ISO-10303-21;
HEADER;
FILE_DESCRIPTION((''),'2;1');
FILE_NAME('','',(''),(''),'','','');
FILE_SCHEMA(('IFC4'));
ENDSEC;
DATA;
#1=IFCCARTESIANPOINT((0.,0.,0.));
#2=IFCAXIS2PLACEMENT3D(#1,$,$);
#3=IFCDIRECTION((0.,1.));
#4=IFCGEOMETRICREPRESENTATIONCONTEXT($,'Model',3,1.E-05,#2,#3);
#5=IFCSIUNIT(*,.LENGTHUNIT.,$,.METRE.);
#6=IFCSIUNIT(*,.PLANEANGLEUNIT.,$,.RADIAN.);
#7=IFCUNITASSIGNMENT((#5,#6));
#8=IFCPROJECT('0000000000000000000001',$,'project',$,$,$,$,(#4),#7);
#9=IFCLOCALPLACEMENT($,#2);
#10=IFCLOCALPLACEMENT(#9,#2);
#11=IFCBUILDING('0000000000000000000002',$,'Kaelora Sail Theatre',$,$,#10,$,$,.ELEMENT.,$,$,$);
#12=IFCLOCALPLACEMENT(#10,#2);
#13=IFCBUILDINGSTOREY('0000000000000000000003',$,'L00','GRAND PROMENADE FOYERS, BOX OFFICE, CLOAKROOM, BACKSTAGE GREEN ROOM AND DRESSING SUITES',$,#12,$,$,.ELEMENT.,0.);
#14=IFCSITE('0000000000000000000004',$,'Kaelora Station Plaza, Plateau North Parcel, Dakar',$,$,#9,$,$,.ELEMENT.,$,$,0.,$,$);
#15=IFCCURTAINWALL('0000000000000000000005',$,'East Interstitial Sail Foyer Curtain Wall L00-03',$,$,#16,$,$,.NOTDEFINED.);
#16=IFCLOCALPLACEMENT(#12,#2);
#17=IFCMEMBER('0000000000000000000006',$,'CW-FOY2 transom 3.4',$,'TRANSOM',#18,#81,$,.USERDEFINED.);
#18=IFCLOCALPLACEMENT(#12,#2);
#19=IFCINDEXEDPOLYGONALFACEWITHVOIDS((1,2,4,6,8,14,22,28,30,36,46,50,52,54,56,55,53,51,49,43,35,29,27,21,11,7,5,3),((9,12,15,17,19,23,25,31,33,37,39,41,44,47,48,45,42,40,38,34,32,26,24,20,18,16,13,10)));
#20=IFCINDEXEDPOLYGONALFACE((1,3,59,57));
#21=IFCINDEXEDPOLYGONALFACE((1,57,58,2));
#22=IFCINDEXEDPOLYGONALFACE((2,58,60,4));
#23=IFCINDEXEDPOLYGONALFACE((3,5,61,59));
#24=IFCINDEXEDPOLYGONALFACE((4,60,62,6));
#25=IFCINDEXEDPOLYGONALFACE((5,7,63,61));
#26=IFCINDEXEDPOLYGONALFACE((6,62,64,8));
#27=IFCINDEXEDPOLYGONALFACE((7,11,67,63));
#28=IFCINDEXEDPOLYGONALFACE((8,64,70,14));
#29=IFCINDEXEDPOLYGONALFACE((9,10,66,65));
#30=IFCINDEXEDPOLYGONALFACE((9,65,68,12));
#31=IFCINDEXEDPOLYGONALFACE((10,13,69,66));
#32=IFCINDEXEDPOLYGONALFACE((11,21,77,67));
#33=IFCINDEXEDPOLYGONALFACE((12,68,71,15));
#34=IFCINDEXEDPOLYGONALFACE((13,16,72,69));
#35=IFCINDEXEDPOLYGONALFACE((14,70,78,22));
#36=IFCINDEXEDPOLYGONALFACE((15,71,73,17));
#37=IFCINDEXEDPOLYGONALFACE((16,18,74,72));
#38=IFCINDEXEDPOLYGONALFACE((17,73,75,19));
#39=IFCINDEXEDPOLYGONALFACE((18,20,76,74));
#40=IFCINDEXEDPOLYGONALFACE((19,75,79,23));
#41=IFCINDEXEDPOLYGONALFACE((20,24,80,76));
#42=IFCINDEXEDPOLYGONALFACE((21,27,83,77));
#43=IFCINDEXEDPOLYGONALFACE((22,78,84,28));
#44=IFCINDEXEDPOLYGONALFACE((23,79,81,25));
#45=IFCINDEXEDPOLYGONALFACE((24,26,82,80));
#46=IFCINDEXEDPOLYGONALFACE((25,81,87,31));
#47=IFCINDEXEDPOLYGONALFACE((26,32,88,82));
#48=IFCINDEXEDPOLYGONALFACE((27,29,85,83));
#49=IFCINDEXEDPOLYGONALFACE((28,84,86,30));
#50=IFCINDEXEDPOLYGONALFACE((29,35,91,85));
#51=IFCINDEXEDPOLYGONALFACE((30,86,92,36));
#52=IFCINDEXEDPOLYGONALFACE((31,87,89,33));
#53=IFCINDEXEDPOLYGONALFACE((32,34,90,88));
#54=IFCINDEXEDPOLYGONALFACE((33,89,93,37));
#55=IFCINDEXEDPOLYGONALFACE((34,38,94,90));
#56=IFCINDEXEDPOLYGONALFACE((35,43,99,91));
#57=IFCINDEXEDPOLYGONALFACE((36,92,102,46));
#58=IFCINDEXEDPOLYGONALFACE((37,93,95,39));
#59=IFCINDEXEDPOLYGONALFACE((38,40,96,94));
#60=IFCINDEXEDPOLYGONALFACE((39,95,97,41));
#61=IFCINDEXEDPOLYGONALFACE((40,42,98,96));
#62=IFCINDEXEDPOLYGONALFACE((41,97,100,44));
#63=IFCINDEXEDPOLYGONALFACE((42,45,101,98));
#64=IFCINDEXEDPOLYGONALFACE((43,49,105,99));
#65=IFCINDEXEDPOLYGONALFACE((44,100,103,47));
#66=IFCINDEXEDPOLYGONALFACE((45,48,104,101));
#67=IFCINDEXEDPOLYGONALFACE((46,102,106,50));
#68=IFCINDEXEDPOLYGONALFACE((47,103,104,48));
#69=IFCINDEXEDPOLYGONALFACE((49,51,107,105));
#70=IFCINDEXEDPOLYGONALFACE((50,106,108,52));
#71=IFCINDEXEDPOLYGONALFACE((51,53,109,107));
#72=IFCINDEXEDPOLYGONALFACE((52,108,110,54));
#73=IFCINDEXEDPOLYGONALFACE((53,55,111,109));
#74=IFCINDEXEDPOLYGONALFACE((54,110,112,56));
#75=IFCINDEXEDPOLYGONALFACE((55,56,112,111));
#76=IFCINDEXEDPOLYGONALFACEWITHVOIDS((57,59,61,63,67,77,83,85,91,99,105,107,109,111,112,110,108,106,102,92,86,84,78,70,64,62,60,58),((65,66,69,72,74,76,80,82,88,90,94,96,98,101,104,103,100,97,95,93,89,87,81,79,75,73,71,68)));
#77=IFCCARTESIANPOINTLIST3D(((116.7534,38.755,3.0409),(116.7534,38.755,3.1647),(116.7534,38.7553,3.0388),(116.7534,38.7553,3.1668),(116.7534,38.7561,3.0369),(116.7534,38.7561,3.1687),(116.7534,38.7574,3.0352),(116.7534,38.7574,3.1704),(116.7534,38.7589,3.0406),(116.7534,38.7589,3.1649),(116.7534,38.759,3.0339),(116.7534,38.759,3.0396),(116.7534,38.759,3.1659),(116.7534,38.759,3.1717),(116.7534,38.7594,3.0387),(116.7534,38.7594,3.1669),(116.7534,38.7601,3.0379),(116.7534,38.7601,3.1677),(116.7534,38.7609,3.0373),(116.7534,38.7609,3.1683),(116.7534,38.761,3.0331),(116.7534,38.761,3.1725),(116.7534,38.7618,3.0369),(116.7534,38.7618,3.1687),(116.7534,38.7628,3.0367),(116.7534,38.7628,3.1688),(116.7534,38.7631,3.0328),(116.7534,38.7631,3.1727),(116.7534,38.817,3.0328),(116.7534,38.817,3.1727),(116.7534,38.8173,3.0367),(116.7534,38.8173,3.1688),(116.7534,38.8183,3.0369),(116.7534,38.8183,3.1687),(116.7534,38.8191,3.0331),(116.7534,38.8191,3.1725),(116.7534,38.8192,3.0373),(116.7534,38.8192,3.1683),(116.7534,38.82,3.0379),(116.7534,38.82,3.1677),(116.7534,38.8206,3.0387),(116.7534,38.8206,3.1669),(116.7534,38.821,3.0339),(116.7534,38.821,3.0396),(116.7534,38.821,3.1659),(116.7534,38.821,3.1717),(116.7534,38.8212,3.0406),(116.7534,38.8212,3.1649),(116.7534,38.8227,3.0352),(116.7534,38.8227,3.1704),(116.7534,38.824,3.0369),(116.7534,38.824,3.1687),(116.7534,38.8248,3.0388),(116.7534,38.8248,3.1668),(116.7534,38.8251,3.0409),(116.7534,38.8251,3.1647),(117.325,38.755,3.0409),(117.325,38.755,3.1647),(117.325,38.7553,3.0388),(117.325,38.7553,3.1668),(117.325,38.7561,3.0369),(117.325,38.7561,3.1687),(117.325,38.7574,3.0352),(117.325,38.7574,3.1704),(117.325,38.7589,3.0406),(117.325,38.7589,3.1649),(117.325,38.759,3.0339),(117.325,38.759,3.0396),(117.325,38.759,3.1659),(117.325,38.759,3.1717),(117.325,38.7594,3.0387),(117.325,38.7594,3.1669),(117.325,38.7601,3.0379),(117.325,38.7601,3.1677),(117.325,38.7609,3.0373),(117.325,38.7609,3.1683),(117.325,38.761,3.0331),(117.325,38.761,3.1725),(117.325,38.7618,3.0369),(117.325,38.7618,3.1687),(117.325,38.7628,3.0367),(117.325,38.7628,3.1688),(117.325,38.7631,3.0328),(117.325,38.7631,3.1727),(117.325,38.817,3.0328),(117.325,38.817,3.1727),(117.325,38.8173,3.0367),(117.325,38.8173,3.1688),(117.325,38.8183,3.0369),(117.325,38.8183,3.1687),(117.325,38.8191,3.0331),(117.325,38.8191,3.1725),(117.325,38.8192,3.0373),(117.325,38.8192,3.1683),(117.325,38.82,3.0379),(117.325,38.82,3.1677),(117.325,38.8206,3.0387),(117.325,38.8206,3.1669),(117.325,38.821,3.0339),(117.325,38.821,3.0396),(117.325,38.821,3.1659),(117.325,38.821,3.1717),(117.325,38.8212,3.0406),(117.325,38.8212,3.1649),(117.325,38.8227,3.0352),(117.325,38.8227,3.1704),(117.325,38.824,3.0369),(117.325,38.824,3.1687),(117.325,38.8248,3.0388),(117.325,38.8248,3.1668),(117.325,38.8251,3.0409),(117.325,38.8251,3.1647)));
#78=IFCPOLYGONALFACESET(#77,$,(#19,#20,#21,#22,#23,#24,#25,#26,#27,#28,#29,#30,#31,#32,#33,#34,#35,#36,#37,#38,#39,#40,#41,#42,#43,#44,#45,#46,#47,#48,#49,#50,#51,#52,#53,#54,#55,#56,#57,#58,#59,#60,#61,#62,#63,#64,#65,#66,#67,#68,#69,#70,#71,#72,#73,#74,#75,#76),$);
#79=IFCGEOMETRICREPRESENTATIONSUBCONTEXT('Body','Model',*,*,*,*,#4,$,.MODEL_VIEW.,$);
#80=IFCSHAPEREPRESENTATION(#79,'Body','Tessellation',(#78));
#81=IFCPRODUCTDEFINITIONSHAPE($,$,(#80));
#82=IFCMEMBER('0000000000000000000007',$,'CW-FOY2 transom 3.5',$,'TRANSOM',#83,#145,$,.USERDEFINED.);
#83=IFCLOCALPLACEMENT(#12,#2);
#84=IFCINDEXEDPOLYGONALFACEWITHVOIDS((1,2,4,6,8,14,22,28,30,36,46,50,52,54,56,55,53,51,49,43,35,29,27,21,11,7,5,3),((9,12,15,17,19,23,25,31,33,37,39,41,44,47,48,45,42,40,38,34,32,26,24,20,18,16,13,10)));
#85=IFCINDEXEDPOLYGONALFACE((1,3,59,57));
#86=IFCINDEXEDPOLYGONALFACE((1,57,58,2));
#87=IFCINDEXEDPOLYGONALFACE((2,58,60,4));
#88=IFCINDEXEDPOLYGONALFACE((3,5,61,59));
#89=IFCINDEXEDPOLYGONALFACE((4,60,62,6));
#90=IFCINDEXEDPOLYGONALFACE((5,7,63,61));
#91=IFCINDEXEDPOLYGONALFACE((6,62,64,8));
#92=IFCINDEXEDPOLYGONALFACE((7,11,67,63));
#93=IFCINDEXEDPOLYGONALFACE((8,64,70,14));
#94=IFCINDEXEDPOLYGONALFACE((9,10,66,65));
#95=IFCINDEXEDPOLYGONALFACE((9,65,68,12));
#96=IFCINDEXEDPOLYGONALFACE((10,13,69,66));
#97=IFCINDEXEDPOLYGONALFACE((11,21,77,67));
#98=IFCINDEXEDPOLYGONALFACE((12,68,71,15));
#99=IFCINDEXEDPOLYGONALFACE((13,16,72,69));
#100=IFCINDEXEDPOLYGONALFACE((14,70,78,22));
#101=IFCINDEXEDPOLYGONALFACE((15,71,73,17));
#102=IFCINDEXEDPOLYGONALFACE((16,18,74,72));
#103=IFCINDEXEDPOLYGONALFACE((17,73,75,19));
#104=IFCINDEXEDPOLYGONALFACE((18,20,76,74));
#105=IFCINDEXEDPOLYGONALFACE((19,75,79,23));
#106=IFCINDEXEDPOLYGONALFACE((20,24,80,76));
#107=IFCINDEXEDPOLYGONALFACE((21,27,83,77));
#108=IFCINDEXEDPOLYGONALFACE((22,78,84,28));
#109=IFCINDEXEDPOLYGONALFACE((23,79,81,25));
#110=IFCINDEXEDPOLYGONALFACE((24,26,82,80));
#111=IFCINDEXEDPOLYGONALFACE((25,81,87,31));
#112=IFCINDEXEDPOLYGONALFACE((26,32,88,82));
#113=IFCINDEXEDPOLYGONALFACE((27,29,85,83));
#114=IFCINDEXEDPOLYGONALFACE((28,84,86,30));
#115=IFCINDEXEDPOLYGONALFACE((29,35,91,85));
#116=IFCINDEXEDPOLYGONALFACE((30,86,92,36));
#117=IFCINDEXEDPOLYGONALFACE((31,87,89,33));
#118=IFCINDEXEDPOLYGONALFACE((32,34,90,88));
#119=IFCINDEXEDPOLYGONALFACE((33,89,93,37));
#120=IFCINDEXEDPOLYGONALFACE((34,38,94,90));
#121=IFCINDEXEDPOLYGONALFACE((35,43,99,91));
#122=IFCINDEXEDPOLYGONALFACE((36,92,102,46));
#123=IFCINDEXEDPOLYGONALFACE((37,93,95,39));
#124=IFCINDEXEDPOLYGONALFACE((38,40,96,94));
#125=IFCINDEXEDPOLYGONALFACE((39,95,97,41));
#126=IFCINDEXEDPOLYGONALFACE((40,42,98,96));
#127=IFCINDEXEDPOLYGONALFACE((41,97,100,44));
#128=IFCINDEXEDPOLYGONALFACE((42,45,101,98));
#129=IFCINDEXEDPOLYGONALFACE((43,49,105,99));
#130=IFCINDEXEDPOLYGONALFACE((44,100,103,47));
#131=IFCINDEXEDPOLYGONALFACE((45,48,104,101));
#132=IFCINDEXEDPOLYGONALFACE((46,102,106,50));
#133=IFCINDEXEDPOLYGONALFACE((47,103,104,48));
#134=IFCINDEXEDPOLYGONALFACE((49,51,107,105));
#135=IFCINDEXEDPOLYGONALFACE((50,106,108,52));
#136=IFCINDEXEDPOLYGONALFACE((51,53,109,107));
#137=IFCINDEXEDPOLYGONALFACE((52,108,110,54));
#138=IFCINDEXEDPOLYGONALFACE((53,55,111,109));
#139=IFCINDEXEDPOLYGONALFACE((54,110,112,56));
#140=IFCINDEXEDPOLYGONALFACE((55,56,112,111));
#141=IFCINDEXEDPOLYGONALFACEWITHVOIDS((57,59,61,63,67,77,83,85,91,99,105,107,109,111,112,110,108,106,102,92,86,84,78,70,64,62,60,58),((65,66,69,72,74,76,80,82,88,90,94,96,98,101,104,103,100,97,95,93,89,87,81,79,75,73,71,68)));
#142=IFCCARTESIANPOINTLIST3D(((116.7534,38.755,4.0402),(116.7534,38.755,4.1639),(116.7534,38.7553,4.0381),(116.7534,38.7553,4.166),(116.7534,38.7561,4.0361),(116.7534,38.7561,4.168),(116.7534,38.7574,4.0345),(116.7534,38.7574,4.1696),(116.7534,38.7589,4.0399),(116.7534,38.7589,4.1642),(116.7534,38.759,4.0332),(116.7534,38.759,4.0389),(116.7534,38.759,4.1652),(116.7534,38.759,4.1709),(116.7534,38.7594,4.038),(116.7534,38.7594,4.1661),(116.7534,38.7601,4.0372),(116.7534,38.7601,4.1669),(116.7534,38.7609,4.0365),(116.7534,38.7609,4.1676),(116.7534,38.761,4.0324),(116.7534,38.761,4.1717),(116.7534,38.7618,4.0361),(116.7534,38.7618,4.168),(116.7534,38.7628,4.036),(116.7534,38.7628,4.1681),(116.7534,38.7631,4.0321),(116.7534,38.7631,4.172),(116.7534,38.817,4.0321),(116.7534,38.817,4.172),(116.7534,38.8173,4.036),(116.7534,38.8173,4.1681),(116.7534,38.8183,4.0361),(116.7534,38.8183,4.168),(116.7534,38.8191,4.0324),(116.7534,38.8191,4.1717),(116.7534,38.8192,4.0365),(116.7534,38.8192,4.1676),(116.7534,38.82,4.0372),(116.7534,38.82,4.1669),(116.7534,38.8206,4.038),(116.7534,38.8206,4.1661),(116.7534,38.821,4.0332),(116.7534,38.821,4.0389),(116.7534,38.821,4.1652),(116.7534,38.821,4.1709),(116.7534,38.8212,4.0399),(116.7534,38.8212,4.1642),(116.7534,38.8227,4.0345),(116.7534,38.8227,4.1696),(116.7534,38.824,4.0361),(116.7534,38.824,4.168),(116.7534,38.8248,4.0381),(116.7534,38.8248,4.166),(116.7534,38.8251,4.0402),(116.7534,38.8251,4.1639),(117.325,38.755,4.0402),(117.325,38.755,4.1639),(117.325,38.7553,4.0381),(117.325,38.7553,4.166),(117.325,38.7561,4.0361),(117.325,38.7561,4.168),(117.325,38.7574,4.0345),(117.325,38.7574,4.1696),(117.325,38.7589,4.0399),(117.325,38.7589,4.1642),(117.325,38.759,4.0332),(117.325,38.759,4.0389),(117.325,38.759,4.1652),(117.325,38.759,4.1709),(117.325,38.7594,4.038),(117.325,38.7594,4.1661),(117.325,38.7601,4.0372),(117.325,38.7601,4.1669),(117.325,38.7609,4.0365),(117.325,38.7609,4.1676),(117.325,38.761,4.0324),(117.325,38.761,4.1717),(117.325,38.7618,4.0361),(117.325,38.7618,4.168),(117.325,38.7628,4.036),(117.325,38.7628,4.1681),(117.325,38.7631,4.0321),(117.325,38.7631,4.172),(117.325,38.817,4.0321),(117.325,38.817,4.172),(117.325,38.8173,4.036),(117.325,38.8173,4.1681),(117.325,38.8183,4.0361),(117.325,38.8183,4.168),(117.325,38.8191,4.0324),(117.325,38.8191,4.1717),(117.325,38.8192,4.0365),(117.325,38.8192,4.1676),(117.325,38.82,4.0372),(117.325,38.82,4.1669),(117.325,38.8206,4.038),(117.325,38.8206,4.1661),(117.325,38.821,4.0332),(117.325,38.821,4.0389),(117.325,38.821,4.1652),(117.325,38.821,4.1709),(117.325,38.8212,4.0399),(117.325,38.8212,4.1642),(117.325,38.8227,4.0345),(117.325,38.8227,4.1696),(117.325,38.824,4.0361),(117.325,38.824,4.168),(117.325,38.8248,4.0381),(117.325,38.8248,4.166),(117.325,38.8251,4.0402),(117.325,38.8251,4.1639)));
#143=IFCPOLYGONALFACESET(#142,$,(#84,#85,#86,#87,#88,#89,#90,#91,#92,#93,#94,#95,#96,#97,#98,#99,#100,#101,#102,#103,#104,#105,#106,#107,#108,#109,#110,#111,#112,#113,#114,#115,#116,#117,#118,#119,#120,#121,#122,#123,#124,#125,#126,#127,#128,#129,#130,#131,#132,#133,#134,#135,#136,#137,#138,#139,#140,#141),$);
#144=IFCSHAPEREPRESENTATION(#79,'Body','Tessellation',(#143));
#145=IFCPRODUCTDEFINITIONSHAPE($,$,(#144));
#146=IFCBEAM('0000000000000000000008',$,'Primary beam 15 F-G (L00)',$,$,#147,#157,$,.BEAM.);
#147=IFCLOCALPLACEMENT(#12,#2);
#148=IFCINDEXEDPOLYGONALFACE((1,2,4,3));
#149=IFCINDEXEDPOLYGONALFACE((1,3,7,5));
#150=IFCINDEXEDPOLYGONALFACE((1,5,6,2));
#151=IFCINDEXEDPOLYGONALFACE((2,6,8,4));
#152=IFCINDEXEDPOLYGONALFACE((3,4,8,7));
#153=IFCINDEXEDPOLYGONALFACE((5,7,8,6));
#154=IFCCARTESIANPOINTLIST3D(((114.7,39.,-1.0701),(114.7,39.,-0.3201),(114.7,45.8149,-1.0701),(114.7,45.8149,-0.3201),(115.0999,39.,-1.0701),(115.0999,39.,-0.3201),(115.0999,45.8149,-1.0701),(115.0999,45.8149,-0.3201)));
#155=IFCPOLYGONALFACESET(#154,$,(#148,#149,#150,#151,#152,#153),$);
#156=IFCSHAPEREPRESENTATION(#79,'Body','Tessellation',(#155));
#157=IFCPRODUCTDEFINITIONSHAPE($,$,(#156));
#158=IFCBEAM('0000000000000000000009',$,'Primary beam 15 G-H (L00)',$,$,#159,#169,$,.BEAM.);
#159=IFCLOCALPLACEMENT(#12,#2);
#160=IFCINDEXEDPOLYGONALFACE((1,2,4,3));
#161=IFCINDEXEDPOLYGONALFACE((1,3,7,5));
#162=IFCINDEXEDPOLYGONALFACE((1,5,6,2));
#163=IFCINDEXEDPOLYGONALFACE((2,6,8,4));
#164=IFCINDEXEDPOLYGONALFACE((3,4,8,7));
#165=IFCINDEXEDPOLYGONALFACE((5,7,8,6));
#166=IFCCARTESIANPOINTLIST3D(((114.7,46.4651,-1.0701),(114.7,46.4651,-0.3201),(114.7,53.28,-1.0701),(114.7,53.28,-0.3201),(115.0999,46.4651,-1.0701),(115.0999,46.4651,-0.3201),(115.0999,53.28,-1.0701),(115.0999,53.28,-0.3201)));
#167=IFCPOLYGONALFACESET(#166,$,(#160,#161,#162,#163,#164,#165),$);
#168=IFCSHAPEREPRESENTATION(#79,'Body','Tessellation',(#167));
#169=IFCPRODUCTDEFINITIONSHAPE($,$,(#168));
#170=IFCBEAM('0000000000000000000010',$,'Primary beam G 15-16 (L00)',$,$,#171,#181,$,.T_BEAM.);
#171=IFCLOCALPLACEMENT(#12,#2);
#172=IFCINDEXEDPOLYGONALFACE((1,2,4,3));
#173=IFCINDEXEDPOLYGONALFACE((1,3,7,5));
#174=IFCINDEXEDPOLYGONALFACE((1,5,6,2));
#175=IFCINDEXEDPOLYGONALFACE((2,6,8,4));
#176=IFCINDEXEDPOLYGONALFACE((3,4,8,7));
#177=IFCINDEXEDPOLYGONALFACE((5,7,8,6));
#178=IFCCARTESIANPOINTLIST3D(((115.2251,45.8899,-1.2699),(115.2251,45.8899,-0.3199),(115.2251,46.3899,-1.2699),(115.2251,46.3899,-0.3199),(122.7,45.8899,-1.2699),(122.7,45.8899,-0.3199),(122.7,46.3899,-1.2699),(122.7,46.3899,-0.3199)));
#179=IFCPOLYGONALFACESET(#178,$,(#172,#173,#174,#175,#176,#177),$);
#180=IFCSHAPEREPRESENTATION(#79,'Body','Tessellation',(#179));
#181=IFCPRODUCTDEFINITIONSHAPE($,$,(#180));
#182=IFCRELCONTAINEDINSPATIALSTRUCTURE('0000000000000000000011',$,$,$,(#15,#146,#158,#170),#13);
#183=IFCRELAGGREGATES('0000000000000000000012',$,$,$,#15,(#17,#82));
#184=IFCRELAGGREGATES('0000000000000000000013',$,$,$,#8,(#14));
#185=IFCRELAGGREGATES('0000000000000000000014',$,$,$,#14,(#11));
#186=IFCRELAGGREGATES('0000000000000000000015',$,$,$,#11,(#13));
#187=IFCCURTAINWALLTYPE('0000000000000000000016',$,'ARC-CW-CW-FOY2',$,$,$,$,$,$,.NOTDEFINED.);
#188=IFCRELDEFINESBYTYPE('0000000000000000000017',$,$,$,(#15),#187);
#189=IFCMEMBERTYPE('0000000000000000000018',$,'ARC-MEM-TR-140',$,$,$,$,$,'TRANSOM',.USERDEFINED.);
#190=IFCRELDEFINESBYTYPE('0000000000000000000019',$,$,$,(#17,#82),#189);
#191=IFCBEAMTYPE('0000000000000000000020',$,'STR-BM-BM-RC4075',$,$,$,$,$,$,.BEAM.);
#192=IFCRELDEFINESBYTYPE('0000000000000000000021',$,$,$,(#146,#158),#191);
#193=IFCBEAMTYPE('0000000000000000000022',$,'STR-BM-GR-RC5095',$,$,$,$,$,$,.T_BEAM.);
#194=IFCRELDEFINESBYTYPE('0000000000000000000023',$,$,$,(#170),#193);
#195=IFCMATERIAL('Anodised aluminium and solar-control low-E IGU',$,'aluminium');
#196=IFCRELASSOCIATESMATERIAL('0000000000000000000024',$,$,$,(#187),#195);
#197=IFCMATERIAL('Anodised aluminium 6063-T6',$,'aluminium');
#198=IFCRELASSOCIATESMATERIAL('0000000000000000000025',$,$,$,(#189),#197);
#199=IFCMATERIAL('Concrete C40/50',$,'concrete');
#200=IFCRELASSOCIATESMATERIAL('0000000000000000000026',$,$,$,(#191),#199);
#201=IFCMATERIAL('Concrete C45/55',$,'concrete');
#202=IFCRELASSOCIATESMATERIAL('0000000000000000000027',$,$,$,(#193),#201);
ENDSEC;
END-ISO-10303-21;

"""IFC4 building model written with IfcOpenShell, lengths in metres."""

from ifc_helpers import new_model, si_unit, direction, frame, origin, origin_2d, place, context, subcontext, project, spatial, rectangle, hollow_rectangle, extrude, material, material_profile, profile_set, type_object, element, aggregate, save


model = new_model("IFC4")

# Units and contexts
model_context = context("Model", 3, precision=1e-05, world=origin(), true_north=direction((0.0, 1.0)))
body_context = subcontext(model_context, "Body", "Model", "MODEL_VIEW")
ifc_project = project(units=[si_unit("LENGTHUNIT", "METRE"), si_unit("PLANEANGLEUNIT", "RADIAN")], contexts=[model_context])

# Site, building, storey
site_placement = place(None, origin())
site = spatial("IfcSite", under=ifc_project, at=site_placement, Name="Kaelora Station Plaza, Plateau North Parcel, Dakar", CompositionType="ELEMENT", RefElevation=0.0)
building_placement = place(site_placement, origin())
building = spatial("IfcBuilding", under=site, at=building_placement, Name="Kaelora Sail Theatre", CompositionType="ELEMENT")
storey_placement = place(building_placement, origin())
storey = spatial("IfcBuildingStorey", under=building, at=storey_placement, Name="L00", Description="GRAND PROMENADE FOYERS, BOX OFFICE, CLOAKROOM, BACKSTAGE GREEN ROOM AND DRESSING SUITES", CompositionType="ELEMENT", Elevation=0.0)

# Curtain wall, members
ifc_material_1 = material(Name="Anodised aluminium and solar-control low-E IGU", Category="aluminium")
curtain_wall_type = type_object("IfcCurtainWallType", Name="ARC-CW-CW-FOY2", PredefinedType="NOTDEFINED", material=ifc_material_1)
curtain_wall_placement = place(storey_placement, origin())
curtain_wall = element("IfcCurtainWall", 1, at=curtain_wall_placement, inside=storey, type_object=curtain_wall_type, Name="East Interstitial Sail Foyer Curtain Wall L00-03", PredefinedType="NOTDEFINED")
ifc_material_2 = material(Name="Anodised aluminium 6063-T6", Category="aluminium")
ifc_material_profile_1 = material_profile(ifc_material_2, hollow_rectangle(XDim=0.0701, YDim=0.1399, WallThickness=0.0039, InnerFilletRadius=0.0039, OuterFilletRadius=0.0081, at=origin_2d()), Name="ALU-TRAN 70x140x4")
ifc_profile_set_1 = profile_set([ifc_material_profile_1], Name="Anodised aluminium 6063-T6")
member_type_1 = type_object("IfcMemberType", Name="ARC-MEM-TR-140", ElementType="TRANSOM", PredefinedType="USERDEFINED", material=ifc_profile_set_1)
member_1_placement = place(storey_placement, frame((116.7534, 38.79, 3.1028), z_axis=(1.0, 0.0, 0.0), x_axis=(0.0, 1.0, 0.0)))
member_1 = element("IfcMember", 2, at=member_1_placement, type_object=member_type_1, Name="CW-FOY2 transom 3.4", ObjectType="TRANSOM", PredefinedType="USERDEFINED", context=body_context, shape_type="SweptSolid", body=[
    extrude(hollow_rectangle(XDim=0.0701, YDim=0.1399, WallThickness=0.0039, InnerFilletRadius=0.0039, OuterFilletRadius=0.0081, at=origin_2d()), origin(), (0.0, 0.0, 1.0), 0.5715),
])
member_2_placement = place(storey_placement, frame((116.7534, 38.79, 4.1021), z_axis=(1.0, 0.0, 0.0), x_axis=(0.0, 1.0, 0.0)))
member_2 = element("IfcMember", 3, at=member_2_placement, type_object=member_type_1, Name="CW-FOY2 transom 3.5", ObjectType="TRANSOM", PredefinedType="USERDEFINED", context=body_context, shape_type="SweptSolid", body=[
    extrude(hollow_rectangle(XDim=0.0701, YDim=0.1399, WallThickness=0.0039, InnerFilletRadius=0.0039, OuterFilletRadius=0.0081, at=origin_2d()), origin(), (0.0, 0.0, 1.0), 0.5715),
])

# Beams
ifc_material_3 = material(Name="Concrete C40/50", Category="concrete")
ifc_material_profile_2 = material_profile(ifc_material_3, rectangle(XDim=0.3999, YDim=0.75, at=origin_2d()), Name="RC-BM 400x750")
ifc_profile_set_2 = profile_set([ifc_material_profile_2], Name="Concrete C40/50")
beam_type_1 = type_object("IfcBeamType", Name="STR-BM-BM-RC4075", PredefinedType="BEAM", material=ifc_profile_set_2)
for number, where, z_axis, x_axis, name in (
    (4, (114.8999, 39.0, -0.6951), (0.0, 1.0, 0.0), (-1.0, 0.0, 0.0), "Primary beam 15 F-G (L00)"),
    (5, (114.8999, 46.4651, -0.6951), (0.0, 1.0, 0.0), (-1.0, 0.0, 0.0), "Primary beam 15 G-H (L00)"),
):
    element("IfcBeam", number, at=place(storey_placement, frame(where, z_axis=z_axis, x_axis=x_axis)), inside=storey, type_object=beam_type_1, Name=name, PredefinedType="BEAM", context=body_context, shape_type="SweptSolid", body=[
        extrude(rectangle(XDim=0.3999, YDim=0.75, at=origin_2d()), origin(), (0.0, 0.0, 1.0), 6.8149),
    ])
ifc_material_4 = material(Name="Concrete C45/55", Category="concrete")
ifc_material_profile_3 = material_profile(ifc_material_4, rectangle(XDim=0.5, YDim=0.95, at=origin_2d()), Name="RC-GRD 500x950")
ifc_profile_set_3 = profile_set([ifc_material_profile_3], Name="Concrete C45/55")
beam_type_2 = type_object("IfcBeamType", Name="STR-BM-GR-RC5095", PredefinedType="T_BEAM", material=ifc_profile_set_3)
beam_1_placement = place(storey_placement, frame((115.2251, 46.1399, -0.7949), z_axis=(1.0, 0.0, 0.0), x_axis=(0.0, 1.0, 0.0)))
element("IfcBeam", 6, at=beam_1_placement, inside=storey, type_object=beam_type_2, Name="Primary beam G 15-16 (L00)", PredefinedType="T_BEAM", context=body_context, shape_type="SweptSolid", body=[
    extrude(rectangle(XDim=0.5, YDim=0.95, at=origin_2d()), origin(), (0.0, 0.0, 1.0), 7.4749),
])

aggregate(curtain_wall, [member_1, member_2])

save(model, "model.ifc")
